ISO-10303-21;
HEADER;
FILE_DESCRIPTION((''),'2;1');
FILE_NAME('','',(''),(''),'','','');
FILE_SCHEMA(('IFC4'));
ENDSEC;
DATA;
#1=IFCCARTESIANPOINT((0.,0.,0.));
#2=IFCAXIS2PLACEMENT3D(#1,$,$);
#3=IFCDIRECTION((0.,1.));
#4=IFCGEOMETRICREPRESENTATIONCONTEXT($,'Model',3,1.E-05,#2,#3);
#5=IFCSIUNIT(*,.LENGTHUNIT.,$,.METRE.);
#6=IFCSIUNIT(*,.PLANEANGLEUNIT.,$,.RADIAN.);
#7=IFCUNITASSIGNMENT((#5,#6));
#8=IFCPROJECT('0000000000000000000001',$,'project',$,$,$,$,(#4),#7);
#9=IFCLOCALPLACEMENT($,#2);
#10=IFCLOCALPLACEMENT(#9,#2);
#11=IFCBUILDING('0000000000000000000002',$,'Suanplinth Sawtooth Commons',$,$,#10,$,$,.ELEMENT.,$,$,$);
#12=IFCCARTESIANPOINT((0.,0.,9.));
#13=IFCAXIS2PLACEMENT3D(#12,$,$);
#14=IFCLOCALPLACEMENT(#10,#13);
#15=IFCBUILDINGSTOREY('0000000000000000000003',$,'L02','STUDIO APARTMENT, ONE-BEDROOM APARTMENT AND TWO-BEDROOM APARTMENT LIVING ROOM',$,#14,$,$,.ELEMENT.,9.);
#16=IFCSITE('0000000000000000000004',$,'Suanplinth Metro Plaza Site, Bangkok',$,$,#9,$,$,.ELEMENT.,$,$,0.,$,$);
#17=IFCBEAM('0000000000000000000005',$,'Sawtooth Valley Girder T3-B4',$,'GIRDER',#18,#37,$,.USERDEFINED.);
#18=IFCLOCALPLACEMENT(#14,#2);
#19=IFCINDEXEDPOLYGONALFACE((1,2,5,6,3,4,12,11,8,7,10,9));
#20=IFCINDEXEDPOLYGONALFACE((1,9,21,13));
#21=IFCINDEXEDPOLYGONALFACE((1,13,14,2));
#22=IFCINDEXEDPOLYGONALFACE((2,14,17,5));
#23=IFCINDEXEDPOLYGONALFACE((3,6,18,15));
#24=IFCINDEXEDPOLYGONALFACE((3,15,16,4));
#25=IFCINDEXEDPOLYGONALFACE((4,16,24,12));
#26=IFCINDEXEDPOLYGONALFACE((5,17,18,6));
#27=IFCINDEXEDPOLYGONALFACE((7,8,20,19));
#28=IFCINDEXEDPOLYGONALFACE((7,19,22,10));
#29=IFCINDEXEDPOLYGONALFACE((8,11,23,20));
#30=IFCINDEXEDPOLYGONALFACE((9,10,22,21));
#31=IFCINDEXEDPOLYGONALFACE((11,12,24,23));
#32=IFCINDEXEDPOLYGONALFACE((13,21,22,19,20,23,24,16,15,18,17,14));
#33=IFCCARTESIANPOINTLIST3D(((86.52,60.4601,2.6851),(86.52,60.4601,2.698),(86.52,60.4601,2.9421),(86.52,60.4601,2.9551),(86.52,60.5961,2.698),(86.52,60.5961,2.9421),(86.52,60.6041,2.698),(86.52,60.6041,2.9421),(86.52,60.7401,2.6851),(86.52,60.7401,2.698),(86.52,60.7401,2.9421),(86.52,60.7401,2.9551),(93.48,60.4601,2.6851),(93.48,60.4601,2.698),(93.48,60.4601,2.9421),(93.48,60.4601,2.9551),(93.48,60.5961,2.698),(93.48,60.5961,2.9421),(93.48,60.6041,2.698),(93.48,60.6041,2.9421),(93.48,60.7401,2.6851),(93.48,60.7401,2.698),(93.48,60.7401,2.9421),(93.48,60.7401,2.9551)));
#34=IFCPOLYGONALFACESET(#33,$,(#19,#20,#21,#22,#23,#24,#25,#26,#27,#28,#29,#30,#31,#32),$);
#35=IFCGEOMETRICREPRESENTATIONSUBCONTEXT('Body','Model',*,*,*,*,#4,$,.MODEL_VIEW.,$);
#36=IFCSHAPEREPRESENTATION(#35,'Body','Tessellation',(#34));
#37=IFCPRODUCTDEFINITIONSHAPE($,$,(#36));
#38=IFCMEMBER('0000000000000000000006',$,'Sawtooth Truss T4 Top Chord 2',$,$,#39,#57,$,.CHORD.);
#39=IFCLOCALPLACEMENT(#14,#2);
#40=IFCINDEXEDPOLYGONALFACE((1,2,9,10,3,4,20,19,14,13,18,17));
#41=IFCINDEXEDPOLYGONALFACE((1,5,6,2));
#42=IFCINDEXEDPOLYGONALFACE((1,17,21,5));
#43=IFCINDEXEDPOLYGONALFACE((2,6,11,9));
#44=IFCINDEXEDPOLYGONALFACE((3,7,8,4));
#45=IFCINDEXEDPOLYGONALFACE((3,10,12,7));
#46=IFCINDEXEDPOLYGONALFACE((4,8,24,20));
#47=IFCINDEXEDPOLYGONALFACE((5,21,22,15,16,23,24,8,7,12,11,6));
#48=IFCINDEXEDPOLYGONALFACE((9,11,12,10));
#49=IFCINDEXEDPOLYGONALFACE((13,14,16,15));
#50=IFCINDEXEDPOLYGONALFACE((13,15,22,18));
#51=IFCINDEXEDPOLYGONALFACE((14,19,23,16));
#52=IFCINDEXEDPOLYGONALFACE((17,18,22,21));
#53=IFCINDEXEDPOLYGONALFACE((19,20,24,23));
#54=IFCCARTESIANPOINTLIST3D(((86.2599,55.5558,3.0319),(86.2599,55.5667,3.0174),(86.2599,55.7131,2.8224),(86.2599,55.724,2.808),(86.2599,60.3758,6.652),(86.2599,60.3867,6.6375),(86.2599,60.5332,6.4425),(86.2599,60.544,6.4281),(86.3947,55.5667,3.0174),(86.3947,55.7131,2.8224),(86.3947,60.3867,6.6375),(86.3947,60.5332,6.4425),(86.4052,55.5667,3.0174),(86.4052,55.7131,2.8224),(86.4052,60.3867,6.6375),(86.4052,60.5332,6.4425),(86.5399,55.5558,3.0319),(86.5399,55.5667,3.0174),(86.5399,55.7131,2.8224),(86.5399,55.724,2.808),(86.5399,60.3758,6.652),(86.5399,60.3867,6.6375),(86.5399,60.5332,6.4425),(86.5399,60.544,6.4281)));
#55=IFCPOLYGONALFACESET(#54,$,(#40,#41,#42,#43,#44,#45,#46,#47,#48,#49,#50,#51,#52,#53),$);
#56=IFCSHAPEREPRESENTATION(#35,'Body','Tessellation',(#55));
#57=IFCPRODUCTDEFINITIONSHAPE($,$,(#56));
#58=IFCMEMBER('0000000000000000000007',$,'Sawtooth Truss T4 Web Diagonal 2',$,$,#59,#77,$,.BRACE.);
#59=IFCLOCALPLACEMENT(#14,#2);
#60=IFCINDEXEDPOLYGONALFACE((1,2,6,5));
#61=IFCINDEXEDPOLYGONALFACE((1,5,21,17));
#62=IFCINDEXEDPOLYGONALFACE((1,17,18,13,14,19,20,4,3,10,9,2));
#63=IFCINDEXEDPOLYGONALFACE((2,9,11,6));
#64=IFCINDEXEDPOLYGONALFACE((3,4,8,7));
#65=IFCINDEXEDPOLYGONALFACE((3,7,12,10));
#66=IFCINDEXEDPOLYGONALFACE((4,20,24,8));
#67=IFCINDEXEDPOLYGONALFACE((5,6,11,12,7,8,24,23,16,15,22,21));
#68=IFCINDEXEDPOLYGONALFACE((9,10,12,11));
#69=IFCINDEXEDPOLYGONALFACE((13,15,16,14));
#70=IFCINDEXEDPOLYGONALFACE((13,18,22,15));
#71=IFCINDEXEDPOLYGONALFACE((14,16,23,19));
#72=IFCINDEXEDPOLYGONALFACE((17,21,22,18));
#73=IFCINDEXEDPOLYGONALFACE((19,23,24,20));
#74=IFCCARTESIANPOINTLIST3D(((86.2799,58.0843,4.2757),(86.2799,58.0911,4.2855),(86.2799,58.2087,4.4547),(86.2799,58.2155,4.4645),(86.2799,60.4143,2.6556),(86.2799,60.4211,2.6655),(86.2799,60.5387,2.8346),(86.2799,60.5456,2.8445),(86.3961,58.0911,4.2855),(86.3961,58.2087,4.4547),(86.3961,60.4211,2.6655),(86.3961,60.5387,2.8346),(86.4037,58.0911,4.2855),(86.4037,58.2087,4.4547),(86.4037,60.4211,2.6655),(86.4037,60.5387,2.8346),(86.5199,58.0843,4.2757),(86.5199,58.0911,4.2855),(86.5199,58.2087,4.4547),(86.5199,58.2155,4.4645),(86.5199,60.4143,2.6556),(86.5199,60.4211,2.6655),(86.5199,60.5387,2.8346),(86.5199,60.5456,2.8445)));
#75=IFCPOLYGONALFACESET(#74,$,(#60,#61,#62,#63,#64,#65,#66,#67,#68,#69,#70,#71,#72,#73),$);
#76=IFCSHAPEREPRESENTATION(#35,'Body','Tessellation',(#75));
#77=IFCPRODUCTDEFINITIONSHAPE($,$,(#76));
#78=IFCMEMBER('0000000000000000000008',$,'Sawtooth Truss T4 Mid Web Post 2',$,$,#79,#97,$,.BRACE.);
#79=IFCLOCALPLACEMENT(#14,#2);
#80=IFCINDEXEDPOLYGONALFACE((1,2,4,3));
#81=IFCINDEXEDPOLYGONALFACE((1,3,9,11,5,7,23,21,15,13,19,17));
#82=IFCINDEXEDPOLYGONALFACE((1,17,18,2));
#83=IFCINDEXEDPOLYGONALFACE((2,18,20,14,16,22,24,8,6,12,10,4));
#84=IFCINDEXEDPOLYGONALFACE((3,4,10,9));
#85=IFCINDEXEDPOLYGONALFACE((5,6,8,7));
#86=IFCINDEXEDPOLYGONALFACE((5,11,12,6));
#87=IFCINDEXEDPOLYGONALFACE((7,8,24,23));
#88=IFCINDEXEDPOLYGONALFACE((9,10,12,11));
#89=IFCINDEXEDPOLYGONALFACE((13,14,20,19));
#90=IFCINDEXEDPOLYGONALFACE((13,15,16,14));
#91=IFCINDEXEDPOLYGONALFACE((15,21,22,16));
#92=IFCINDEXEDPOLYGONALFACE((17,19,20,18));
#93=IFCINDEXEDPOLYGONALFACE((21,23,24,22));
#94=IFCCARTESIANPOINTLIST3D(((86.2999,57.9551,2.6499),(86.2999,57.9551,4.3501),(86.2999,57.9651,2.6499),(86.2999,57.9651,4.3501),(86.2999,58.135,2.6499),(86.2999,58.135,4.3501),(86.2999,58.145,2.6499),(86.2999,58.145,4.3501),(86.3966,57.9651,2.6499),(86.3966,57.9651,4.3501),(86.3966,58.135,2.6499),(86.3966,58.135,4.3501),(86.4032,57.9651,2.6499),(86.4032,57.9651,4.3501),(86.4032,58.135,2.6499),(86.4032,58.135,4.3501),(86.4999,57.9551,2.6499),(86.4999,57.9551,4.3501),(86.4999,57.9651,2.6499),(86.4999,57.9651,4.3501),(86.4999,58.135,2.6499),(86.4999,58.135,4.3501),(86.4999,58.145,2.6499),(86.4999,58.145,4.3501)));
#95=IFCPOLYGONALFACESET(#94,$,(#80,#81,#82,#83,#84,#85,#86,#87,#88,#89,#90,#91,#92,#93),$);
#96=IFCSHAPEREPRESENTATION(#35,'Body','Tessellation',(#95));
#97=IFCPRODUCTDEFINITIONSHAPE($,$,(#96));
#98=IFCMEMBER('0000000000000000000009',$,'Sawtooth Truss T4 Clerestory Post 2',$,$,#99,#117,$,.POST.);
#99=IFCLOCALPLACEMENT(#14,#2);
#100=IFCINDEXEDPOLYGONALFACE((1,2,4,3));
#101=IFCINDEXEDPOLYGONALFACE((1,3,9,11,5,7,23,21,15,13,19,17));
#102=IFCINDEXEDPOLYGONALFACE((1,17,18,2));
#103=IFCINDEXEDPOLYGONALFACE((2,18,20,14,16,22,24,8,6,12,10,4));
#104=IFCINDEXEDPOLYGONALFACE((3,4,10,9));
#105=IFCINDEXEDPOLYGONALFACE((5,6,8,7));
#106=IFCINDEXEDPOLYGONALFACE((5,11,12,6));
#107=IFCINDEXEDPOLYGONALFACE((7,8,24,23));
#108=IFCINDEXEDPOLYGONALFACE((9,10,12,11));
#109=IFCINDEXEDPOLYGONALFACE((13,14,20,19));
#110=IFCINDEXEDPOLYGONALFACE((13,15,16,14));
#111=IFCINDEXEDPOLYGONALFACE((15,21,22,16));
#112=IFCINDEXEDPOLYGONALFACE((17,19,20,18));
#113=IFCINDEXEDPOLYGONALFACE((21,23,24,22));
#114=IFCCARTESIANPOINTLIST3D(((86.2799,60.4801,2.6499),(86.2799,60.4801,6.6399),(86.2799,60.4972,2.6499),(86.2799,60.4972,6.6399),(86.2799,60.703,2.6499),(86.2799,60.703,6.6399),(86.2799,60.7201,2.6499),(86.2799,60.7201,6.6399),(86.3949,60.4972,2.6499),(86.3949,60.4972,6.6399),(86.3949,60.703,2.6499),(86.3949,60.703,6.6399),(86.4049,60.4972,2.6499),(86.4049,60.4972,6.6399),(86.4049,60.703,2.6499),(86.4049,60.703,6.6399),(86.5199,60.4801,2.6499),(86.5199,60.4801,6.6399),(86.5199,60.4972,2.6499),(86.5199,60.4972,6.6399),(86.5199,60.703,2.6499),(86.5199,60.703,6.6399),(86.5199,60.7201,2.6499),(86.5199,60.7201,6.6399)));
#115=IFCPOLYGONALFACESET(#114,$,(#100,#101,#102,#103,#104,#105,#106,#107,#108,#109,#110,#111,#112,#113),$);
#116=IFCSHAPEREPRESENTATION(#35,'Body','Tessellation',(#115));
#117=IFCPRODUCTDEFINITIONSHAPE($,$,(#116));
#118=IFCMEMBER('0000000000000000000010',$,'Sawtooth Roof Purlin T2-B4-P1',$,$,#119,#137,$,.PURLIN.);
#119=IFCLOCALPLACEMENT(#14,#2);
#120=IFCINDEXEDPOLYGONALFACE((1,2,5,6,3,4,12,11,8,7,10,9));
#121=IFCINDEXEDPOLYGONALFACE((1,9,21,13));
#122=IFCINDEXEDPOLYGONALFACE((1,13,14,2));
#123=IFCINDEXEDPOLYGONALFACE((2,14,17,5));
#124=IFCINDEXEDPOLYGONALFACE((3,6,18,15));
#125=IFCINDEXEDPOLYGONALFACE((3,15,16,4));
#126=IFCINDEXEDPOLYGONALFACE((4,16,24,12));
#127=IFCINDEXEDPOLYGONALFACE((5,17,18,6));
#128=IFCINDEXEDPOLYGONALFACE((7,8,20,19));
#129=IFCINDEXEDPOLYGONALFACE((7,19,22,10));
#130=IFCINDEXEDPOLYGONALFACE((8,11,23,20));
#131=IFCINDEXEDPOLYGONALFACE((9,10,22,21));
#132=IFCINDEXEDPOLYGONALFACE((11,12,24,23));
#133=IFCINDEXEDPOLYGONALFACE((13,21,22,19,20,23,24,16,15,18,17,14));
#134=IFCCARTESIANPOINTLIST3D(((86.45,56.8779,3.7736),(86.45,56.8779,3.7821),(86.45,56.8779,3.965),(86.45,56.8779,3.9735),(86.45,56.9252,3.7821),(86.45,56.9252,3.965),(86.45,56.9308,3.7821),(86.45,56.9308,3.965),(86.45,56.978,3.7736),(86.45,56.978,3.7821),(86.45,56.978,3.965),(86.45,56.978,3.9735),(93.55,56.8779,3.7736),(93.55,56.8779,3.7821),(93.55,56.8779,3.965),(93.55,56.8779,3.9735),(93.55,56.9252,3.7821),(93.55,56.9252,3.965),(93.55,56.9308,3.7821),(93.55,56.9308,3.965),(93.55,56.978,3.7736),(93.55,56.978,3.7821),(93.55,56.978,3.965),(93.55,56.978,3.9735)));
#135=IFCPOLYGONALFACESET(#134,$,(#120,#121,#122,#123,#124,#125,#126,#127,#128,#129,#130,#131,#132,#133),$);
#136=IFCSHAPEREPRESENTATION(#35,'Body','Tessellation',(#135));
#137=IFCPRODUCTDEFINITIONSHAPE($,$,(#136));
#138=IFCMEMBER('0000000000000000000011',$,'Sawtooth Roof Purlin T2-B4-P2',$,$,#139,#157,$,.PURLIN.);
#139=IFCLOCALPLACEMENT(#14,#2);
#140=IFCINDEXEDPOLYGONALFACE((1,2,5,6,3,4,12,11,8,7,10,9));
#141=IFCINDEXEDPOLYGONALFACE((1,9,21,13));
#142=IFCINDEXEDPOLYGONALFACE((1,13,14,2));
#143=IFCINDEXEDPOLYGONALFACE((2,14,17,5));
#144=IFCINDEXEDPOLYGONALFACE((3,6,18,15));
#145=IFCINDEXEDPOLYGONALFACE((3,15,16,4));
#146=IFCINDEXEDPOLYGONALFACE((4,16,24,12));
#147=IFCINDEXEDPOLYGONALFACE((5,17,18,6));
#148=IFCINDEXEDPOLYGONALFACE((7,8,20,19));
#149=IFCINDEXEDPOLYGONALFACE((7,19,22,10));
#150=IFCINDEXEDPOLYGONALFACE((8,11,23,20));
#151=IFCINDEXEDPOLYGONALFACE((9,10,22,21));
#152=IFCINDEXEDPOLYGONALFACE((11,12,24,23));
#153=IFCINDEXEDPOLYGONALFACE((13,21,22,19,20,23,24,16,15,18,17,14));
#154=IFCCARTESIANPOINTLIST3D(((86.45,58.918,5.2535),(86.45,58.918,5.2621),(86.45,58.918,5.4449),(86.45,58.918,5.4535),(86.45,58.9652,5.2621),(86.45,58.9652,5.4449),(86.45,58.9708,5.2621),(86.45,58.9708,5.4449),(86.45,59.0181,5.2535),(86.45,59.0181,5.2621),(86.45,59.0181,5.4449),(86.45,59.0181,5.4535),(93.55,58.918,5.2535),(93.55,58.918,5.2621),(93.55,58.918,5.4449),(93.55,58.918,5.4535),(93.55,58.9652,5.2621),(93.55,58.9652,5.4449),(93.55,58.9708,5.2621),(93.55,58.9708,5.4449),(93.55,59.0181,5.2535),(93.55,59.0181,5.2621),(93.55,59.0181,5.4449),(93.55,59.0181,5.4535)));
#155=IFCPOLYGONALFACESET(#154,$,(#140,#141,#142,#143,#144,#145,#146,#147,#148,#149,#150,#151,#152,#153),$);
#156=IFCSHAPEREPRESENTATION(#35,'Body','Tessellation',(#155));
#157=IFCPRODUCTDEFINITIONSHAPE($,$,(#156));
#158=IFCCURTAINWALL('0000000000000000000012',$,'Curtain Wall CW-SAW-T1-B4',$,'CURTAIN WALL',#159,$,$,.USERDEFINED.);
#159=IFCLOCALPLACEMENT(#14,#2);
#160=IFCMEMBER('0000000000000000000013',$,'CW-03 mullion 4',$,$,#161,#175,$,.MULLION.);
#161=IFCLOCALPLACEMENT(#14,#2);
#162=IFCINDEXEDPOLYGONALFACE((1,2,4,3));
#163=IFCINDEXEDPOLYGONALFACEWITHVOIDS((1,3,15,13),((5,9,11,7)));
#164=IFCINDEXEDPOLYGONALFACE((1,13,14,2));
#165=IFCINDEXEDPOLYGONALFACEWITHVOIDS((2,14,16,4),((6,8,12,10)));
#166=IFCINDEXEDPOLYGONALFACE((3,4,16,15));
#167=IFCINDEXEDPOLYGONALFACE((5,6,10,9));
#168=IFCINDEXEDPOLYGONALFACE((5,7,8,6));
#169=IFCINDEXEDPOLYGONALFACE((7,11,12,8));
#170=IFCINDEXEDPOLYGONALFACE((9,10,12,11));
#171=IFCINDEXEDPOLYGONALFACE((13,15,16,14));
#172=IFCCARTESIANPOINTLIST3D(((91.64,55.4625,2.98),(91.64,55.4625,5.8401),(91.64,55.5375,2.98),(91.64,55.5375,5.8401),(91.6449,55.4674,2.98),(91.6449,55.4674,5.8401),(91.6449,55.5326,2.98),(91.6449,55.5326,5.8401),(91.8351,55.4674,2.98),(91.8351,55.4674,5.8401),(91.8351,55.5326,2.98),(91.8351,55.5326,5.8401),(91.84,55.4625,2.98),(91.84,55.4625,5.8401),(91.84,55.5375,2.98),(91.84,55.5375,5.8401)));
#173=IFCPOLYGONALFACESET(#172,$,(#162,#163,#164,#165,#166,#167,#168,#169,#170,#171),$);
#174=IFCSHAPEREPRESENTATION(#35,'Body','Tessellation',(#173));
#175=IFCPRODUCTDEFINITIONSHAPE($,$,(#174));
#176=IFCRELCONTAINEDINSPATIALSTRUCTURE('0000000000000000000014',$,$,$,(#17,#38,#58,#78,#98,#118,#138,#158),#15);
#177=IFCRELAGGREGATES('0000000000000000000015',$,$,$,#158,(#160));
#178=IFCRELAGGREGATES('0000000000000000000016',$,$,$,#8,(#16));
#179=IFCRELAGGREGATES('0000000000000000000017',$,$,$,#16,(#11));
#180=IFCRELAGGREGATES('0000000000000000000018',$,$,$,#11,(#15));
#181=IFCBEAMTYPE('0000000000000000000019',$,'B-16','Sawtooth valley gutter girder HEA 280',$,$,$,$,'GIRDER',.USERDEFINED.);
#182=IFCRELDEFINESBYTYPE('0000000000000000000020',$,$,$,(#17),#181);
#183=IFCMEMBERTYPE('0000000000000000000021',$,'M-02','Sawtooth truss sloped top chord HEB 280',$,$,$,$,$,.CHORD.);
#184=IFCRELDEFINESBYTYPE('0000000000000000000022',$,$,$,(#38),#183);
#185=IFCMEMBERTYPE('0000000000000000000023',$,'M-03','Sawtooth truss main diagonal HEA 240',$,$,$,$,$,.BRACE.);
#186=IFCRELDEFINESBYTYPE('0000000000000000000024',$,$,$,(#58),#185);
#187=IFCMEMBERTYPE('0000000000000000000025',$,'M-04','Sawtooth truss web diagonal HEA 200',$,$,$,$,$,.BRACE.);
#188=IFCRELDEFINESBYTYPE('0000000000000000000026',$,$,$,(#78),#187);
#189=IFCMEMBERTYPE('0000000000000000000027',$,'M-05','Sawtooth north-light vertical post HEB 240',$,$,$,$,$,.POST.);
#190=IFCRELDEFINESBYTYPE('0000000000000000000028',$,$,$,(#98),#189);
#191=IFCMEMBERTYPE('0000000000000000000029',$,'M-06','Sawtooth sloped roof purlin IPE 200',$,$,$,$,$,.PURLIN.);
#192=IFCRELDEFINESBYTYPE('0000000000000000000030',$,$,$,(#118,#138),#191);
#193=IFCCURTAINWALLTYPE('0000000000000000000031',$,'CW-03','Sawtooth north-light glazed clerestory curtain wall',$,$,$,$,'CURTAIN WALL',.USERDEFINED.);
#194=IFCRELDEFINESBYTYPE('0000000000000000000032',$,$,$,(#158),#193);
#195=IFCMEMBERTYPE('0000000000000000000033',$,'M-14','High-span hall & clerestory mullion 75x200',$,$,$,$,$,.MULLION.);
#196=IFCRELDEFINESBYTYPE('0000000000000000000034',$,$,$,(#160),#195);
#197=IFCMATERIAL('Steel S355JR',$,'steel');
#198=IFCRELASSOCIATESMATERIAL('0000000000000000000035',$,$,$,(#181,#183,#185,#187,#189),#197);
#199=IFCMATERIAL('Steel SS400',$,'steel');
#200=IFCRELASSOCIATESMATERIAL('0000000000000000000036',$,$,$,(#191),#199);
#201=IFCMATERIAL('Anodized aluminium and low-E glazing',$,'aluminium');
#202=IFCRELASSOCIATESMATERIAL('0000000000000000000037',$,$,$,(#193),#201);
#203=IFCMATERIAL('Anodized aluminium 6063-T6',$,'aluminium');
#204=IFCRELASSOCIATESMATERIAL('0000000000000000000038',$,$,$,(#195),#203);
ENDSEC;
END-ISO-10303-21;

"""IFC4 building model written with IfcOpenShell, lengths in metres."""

from ifc_helpers import new_model, si_unit, direction, frame, origin, origin_2d, place, context, subcontext, project, spatial, hollow_rectangle, i_section, extrude, material, material_profile, profile_set, type_object, element, aggregate, save


model = new_model("IFC4")

# Units and contexts
model_context = context("Model", 3, precision=1e-05, world=origin(), true_north=direction((0.0, 1.0)))
body_context = subcontext(model_context, "Body", "Model", "MODEL_VIEW")
ifc_project = project(units=[si_unit("LENGTHUNIT", "METRE"), si_unit("PLANEANGLEUNIT", "RADIAN")], contexts=[model_context])

# Site, building, storey
site_placement = place(None, origin())
site = spatial("IfcSite", under=ifc_project, at=site_placement, Name="Suanplinth Metro Plaza Site, Bangkok", CompositionType="ELEMENT", RefElevation=0.0)
building_placement = place(site_placement, origin())
building = spatial("IfcBuilding", under=site, at=building_placement, Name="Suanplinth Sawtooth Commons", CompositionType="ELEMENT")
storey_placement = place(building_placement, frame((0.0, 0.0, 9.0)))
storey = spatial("IfcBuildingStorey", under=building, at=storey_placement, Name="L02", Description="STUDIO APARTMENT, ONE-BEDROOM APARTMENT AND TWO-BEDROOM APARTMENT LIVING ROOM", CompositionType="ELEMENT", Elevation=9.0)

# Beam
ifc_material_1 = material(Name="Steel S355JR", Category="steel")
ifc_material_profile_1 = material_profile(ifc_material_1, i_section(OverallWidth=0.28, OverallDepth=0.27, WebThickness=0.0081, FlangeThickness=0.0129, at=origin_2d()), Name="HEA 280")
ifc_profile_set_1 = profile_set([ifc_material_profile_1], Name="Steel S355JR")
beam_type = type_object("IfcBeamType", Name="B-16", Description="Sawtooth valley gutter girder HEA 280", ElementType="GIRDER", PredefinedType="USERDEFINED", material=ifc_profile_set_1)
beam_placement = place(storey_placement, frame((86.52, 60.6001, 2.8201), z_axis=(1.0, 0.0, 0.0), x_axis=(0.0, 1.0, 0.0)))
element("IfcBeam", 1, at=beam_placement, inside=storey, type_object=beam_type, Name="Sawtooth Valley Girder T3-B4", ObjectType="GIRDER", PredefinedType="USERDEFINED", context=body_context, shape_type="SweptSolid", body=[
    extrude(i_section(OverallWidth=0.28, OverallDepth=0.27, WebThickness=0.0081, FlangeThickness=0.0129, at=origin_2d()), origin(), (0.0, 0.0, 1.0), 6.96),
])

# Members
ifc_material_profile_2 = material_profile(ifc_material_1, i_section(OverallWidth=0.28, OverallDepth=0.28, WebThickness=0.0105, FlangeThickness=0.0181, at=origin_2d()), Name="HEB 280")
ifc_profile_set_2 = profile_set([ifc_material_profile_2], Name="Steel S355JR")
member_type_1 = type_object("IfcMemberType", Name="M-02", Description="Sawtooth truss sloped top chord HEB 280", PredefinedType="CHORD", material=ifc_profile_set_2)
member_1_placement = place(storey_placement, frame((86.3999, 55.6399, 2.9199), z_axis=(0.0, 0.799596, 0.600538), x_axis=(-1.0, 0.0, 0.0)))
element("IfcMember", 2, at=member_1_placement, inside=storey, type_object=member_type_1, Name="Sawtooth Truss T4 Top Chord 2", PredefinedType="CHORD", context=body_context, shape_type="SweptSolid", body=[
    extrude(i_section(OverallWidth=0.28, OverallDepth=0.28, WebThickness=0.0105, FlangeThickness=0.0181, at=origin_2d()), origin(), (0.0, 0.0, 1.0), 6.0281),
])
ifc_material_profile_3 = material_profile(ifc_material_1, i_section(OverallWidth=0.24, OverallDepth=0.23, WebThickness=0.0076, FlangeThickness=0.012, at=origin_2d()), Name="HEA 240")
ifc_profile_set_3 = profile_set([ifc_material_profile_3], Name="Steel S355JR")
member_type_2 = type_object("IfcMemberType", Name="M-03", Description="Sawtooth truss main diagonal HEA 240", PredefinedType="BRACE", material=ifc_profile_set_3)
member_2_placement = place(storey_placement, frame((86.3999, 58.1499, 4.3701), z_axis=(0.0, 0.821038, -0.570873), x_axis=(-1.0, 0.0, 0.0)))
element("IfcMember", 3, at=member_2_placement, inside=storey, type_object=member_type_2, Name="Sawtooth Truss T4 Web Diagonal 2", PredefinedType="BRACE", context=body_context, shape_type="SweptSolid", body=[
    extrude(i_section(OverallWidth=0.24, OverallDepth=0.23, WebThickness=0.0076, FlangeThickness=0.012, at=origin_2d()), origin(), (0.0, 0.0, 1.0), 2.8379),
])
ifc_material_profile_4 = material_profile(ifc_material_1, i_section(OverallWidth=0.2, OverallDepth=0.1899, WebThickness=0.0066, FlangeThickness=0.01, at=origin_2d()), Name="HEA 200")
ifc_profile_set_4 = profile_set([ifc_material_profile_4], Name="Steel S355JR")
member_type_3 = type_object("IfcMemberType", Name="M-04", Description="Sawtooth truss web diagonal HEA 200", PredefinedType="BRACE", material=ifc_profile_set_4)
member_3_placement = place(storey_placement, frame((86.3999, 58.05, 2.6499), z_axis=(0.0, 0.0, 1.0), x_axis=(1.0, 0.0, 0.0)))
element("IfcMember", 4, at=member_3_placement, inside=storey, type_object=member_type_3, Name="Sawtooth Truss T4 Mid Web Post 2", PredefinedType="BRACE", context=body_context, shape_type="SweptSolid", body=[
    extrude(i_section(OverallWidth=0.2, OverallDepth=0.1899, WebThickness=0.0066, FlangeThickness=0.01, at=origin_2d()), origin(), (0.0, 0.0, 1.0), 1.7002),
])
ifc_material_profile_5 = material_profile(ifc_material_1, i_section(OverallWidth=0.24, OverallDepth=0.24, WebThickness=0.01, FlangeThickness=0.0171, at=origin_2d()), Name="HEB 240")
ifc_profile_set_5 = profile_set([ifc_material_profile_5], Name="Steel S355JR")
member_type_4 = type_object("IfcMemberType", Name="M-05", Description="Sawtooth north-light vertical post HEB 240", PredefinedType="POST", material=ifc_profile_set_5)
member_4_placement = place(storey_placement, frame((86.3999, 60.6001, 2.6499), z_axis=(0.0, 0.0, 1.0), x_axis=(1.0, 0.0, 0.0)))
element("IfcMember", 5, at=member_4_placement, inside=storey, type_object=member_type_4, Name="Sawtooth Truss T4 Clerestory Post 2", PredefinedType="POST", context=body_context, shape_type="SweptSolid", body=[
    extrude(i_section(OverallWidth=0.24, OverallDepth=0.24, WebThickness=0.01, FlangeThickness=0.0171, at=origin_2d()), origin(), (0.0, 0.0, 1.0), 3.99),
])
ifc_material_2 = material(Name="Steel SS400", Category="steel")
ifc_material_profile_6 = material_profile(ifc_material_2, i_section(OverallWidth=0.1001, OverallDepth=0.2, WebThickness=0.0056, FlangeThickness=0.0085, at=origin_2d()), Name="IPE 200")
ifc_profile_set_6 = profile_set([ifc_material_profile_6], Name="Steel SS400")
member_type_5 = type_object("IfcMemberType", Name="M-06", Description="Sawtooth sloped roof purlin IPE 200", PredefinedType="PURLIN", material=ifc_profile_set_6)
for number, where, z_axis, x_axis, name in (
    (6, (86.45, 56.928, 3.8735), (1.0, 0.0, 0.0), (0.0, 1.0, 0.0), "Sawtooth Roof Purlin T2-B4-P1"),
    (7, (86.45, 58.968, 5.3535), (1.0, 0.0, 0.0), (0.0, 1.0, 0.0), "Sawtooth Roof Purlin T2-B4-P2"),
):
    element("IfcMember", number, at=place(storey_placement, frame(where, z_axis=z_axis, x_axis=x_axis)), inside=storey, type_object=member_type_5, Name=name, PredefinedType="PURLIN", context=body_context, shape_type="SweptSolid", body=[
        extrude(i_section(OverallWidth=0.1001, OverallDepth=0.2, WebThickness=0.0056, FlangeThickness=0.0085, at=origin_2d()), origin(), (0.0, 0.0, 1.0), 7.1001),
    ])

# Curtain wall, member
ifc_material_3 = material(Name="Anodized aluminium and low-E glazing", Category="aluminium")
curtain_wall_type = type_object("IfcCurtainWallType", Name="CW-03", Description="Sawtooth north-light glazed clerestory curtain wall", ElementType="CURTAIN WALL", PredefinedType="USERDEFINED", material=ifc_material_3)
curtain_wall_1_placement = place(storey_placement, origin())
curtain_wall_1 = element("IfcCurtainWall", 8, at=curtain_wall_1_placement, inside=storey, type_object=curtain_wall_type, Name="Curtain Wall CW-SAW-T1-B4", ObjectType="CURTAIN WALL", PredefinedType="USERDEFINED")
ifc_material_4 = material(Name="Anodized aluminium 6063-T6", Category="aluminium")
ifc_material_profile_7 = material_profile(ifc_material_4, hollow_rectangle(XDim=0.075, YDim=0.2, WallThickness=0.0049, at=origin_2d()), Name="ALU-MUL 75x200")
ifc_profile_set_7 = profile_set([ifc_material_profile_7], Name="Anodized aluminium 6063-T6")
member_type_6 = type_object("IfcMemberType", Name="M-14", Description="High-span hall & clerestory mullion 75x200", PredefinedType="MULLION", material=ifc_profile_set_7)
member_5_placement = place(storey_placement, frame((91.74, 55.5, 2.98), z_axis=(0.0, 0.0, 1.0), x_axis=(0.0, 1.0, 0.0)))
member_5 = element("IfcMember", 9, at=member_5_placement, type_object=member_type_6, Name="CW-03 mullion 4", PredefinedType="MULLION", context=body_context, shape_type="SweptSolid", body=[
    extrude(hollow_rectangle(XDim=0.075, YDim=0.2, WallThickness=0.0049, at=origin_2d()), origin(), (0.0, 0.0, 1.0), 2.8601),
])

aggregate(curtain_wall_1, [member_5])

save(model, "model.ifc")
